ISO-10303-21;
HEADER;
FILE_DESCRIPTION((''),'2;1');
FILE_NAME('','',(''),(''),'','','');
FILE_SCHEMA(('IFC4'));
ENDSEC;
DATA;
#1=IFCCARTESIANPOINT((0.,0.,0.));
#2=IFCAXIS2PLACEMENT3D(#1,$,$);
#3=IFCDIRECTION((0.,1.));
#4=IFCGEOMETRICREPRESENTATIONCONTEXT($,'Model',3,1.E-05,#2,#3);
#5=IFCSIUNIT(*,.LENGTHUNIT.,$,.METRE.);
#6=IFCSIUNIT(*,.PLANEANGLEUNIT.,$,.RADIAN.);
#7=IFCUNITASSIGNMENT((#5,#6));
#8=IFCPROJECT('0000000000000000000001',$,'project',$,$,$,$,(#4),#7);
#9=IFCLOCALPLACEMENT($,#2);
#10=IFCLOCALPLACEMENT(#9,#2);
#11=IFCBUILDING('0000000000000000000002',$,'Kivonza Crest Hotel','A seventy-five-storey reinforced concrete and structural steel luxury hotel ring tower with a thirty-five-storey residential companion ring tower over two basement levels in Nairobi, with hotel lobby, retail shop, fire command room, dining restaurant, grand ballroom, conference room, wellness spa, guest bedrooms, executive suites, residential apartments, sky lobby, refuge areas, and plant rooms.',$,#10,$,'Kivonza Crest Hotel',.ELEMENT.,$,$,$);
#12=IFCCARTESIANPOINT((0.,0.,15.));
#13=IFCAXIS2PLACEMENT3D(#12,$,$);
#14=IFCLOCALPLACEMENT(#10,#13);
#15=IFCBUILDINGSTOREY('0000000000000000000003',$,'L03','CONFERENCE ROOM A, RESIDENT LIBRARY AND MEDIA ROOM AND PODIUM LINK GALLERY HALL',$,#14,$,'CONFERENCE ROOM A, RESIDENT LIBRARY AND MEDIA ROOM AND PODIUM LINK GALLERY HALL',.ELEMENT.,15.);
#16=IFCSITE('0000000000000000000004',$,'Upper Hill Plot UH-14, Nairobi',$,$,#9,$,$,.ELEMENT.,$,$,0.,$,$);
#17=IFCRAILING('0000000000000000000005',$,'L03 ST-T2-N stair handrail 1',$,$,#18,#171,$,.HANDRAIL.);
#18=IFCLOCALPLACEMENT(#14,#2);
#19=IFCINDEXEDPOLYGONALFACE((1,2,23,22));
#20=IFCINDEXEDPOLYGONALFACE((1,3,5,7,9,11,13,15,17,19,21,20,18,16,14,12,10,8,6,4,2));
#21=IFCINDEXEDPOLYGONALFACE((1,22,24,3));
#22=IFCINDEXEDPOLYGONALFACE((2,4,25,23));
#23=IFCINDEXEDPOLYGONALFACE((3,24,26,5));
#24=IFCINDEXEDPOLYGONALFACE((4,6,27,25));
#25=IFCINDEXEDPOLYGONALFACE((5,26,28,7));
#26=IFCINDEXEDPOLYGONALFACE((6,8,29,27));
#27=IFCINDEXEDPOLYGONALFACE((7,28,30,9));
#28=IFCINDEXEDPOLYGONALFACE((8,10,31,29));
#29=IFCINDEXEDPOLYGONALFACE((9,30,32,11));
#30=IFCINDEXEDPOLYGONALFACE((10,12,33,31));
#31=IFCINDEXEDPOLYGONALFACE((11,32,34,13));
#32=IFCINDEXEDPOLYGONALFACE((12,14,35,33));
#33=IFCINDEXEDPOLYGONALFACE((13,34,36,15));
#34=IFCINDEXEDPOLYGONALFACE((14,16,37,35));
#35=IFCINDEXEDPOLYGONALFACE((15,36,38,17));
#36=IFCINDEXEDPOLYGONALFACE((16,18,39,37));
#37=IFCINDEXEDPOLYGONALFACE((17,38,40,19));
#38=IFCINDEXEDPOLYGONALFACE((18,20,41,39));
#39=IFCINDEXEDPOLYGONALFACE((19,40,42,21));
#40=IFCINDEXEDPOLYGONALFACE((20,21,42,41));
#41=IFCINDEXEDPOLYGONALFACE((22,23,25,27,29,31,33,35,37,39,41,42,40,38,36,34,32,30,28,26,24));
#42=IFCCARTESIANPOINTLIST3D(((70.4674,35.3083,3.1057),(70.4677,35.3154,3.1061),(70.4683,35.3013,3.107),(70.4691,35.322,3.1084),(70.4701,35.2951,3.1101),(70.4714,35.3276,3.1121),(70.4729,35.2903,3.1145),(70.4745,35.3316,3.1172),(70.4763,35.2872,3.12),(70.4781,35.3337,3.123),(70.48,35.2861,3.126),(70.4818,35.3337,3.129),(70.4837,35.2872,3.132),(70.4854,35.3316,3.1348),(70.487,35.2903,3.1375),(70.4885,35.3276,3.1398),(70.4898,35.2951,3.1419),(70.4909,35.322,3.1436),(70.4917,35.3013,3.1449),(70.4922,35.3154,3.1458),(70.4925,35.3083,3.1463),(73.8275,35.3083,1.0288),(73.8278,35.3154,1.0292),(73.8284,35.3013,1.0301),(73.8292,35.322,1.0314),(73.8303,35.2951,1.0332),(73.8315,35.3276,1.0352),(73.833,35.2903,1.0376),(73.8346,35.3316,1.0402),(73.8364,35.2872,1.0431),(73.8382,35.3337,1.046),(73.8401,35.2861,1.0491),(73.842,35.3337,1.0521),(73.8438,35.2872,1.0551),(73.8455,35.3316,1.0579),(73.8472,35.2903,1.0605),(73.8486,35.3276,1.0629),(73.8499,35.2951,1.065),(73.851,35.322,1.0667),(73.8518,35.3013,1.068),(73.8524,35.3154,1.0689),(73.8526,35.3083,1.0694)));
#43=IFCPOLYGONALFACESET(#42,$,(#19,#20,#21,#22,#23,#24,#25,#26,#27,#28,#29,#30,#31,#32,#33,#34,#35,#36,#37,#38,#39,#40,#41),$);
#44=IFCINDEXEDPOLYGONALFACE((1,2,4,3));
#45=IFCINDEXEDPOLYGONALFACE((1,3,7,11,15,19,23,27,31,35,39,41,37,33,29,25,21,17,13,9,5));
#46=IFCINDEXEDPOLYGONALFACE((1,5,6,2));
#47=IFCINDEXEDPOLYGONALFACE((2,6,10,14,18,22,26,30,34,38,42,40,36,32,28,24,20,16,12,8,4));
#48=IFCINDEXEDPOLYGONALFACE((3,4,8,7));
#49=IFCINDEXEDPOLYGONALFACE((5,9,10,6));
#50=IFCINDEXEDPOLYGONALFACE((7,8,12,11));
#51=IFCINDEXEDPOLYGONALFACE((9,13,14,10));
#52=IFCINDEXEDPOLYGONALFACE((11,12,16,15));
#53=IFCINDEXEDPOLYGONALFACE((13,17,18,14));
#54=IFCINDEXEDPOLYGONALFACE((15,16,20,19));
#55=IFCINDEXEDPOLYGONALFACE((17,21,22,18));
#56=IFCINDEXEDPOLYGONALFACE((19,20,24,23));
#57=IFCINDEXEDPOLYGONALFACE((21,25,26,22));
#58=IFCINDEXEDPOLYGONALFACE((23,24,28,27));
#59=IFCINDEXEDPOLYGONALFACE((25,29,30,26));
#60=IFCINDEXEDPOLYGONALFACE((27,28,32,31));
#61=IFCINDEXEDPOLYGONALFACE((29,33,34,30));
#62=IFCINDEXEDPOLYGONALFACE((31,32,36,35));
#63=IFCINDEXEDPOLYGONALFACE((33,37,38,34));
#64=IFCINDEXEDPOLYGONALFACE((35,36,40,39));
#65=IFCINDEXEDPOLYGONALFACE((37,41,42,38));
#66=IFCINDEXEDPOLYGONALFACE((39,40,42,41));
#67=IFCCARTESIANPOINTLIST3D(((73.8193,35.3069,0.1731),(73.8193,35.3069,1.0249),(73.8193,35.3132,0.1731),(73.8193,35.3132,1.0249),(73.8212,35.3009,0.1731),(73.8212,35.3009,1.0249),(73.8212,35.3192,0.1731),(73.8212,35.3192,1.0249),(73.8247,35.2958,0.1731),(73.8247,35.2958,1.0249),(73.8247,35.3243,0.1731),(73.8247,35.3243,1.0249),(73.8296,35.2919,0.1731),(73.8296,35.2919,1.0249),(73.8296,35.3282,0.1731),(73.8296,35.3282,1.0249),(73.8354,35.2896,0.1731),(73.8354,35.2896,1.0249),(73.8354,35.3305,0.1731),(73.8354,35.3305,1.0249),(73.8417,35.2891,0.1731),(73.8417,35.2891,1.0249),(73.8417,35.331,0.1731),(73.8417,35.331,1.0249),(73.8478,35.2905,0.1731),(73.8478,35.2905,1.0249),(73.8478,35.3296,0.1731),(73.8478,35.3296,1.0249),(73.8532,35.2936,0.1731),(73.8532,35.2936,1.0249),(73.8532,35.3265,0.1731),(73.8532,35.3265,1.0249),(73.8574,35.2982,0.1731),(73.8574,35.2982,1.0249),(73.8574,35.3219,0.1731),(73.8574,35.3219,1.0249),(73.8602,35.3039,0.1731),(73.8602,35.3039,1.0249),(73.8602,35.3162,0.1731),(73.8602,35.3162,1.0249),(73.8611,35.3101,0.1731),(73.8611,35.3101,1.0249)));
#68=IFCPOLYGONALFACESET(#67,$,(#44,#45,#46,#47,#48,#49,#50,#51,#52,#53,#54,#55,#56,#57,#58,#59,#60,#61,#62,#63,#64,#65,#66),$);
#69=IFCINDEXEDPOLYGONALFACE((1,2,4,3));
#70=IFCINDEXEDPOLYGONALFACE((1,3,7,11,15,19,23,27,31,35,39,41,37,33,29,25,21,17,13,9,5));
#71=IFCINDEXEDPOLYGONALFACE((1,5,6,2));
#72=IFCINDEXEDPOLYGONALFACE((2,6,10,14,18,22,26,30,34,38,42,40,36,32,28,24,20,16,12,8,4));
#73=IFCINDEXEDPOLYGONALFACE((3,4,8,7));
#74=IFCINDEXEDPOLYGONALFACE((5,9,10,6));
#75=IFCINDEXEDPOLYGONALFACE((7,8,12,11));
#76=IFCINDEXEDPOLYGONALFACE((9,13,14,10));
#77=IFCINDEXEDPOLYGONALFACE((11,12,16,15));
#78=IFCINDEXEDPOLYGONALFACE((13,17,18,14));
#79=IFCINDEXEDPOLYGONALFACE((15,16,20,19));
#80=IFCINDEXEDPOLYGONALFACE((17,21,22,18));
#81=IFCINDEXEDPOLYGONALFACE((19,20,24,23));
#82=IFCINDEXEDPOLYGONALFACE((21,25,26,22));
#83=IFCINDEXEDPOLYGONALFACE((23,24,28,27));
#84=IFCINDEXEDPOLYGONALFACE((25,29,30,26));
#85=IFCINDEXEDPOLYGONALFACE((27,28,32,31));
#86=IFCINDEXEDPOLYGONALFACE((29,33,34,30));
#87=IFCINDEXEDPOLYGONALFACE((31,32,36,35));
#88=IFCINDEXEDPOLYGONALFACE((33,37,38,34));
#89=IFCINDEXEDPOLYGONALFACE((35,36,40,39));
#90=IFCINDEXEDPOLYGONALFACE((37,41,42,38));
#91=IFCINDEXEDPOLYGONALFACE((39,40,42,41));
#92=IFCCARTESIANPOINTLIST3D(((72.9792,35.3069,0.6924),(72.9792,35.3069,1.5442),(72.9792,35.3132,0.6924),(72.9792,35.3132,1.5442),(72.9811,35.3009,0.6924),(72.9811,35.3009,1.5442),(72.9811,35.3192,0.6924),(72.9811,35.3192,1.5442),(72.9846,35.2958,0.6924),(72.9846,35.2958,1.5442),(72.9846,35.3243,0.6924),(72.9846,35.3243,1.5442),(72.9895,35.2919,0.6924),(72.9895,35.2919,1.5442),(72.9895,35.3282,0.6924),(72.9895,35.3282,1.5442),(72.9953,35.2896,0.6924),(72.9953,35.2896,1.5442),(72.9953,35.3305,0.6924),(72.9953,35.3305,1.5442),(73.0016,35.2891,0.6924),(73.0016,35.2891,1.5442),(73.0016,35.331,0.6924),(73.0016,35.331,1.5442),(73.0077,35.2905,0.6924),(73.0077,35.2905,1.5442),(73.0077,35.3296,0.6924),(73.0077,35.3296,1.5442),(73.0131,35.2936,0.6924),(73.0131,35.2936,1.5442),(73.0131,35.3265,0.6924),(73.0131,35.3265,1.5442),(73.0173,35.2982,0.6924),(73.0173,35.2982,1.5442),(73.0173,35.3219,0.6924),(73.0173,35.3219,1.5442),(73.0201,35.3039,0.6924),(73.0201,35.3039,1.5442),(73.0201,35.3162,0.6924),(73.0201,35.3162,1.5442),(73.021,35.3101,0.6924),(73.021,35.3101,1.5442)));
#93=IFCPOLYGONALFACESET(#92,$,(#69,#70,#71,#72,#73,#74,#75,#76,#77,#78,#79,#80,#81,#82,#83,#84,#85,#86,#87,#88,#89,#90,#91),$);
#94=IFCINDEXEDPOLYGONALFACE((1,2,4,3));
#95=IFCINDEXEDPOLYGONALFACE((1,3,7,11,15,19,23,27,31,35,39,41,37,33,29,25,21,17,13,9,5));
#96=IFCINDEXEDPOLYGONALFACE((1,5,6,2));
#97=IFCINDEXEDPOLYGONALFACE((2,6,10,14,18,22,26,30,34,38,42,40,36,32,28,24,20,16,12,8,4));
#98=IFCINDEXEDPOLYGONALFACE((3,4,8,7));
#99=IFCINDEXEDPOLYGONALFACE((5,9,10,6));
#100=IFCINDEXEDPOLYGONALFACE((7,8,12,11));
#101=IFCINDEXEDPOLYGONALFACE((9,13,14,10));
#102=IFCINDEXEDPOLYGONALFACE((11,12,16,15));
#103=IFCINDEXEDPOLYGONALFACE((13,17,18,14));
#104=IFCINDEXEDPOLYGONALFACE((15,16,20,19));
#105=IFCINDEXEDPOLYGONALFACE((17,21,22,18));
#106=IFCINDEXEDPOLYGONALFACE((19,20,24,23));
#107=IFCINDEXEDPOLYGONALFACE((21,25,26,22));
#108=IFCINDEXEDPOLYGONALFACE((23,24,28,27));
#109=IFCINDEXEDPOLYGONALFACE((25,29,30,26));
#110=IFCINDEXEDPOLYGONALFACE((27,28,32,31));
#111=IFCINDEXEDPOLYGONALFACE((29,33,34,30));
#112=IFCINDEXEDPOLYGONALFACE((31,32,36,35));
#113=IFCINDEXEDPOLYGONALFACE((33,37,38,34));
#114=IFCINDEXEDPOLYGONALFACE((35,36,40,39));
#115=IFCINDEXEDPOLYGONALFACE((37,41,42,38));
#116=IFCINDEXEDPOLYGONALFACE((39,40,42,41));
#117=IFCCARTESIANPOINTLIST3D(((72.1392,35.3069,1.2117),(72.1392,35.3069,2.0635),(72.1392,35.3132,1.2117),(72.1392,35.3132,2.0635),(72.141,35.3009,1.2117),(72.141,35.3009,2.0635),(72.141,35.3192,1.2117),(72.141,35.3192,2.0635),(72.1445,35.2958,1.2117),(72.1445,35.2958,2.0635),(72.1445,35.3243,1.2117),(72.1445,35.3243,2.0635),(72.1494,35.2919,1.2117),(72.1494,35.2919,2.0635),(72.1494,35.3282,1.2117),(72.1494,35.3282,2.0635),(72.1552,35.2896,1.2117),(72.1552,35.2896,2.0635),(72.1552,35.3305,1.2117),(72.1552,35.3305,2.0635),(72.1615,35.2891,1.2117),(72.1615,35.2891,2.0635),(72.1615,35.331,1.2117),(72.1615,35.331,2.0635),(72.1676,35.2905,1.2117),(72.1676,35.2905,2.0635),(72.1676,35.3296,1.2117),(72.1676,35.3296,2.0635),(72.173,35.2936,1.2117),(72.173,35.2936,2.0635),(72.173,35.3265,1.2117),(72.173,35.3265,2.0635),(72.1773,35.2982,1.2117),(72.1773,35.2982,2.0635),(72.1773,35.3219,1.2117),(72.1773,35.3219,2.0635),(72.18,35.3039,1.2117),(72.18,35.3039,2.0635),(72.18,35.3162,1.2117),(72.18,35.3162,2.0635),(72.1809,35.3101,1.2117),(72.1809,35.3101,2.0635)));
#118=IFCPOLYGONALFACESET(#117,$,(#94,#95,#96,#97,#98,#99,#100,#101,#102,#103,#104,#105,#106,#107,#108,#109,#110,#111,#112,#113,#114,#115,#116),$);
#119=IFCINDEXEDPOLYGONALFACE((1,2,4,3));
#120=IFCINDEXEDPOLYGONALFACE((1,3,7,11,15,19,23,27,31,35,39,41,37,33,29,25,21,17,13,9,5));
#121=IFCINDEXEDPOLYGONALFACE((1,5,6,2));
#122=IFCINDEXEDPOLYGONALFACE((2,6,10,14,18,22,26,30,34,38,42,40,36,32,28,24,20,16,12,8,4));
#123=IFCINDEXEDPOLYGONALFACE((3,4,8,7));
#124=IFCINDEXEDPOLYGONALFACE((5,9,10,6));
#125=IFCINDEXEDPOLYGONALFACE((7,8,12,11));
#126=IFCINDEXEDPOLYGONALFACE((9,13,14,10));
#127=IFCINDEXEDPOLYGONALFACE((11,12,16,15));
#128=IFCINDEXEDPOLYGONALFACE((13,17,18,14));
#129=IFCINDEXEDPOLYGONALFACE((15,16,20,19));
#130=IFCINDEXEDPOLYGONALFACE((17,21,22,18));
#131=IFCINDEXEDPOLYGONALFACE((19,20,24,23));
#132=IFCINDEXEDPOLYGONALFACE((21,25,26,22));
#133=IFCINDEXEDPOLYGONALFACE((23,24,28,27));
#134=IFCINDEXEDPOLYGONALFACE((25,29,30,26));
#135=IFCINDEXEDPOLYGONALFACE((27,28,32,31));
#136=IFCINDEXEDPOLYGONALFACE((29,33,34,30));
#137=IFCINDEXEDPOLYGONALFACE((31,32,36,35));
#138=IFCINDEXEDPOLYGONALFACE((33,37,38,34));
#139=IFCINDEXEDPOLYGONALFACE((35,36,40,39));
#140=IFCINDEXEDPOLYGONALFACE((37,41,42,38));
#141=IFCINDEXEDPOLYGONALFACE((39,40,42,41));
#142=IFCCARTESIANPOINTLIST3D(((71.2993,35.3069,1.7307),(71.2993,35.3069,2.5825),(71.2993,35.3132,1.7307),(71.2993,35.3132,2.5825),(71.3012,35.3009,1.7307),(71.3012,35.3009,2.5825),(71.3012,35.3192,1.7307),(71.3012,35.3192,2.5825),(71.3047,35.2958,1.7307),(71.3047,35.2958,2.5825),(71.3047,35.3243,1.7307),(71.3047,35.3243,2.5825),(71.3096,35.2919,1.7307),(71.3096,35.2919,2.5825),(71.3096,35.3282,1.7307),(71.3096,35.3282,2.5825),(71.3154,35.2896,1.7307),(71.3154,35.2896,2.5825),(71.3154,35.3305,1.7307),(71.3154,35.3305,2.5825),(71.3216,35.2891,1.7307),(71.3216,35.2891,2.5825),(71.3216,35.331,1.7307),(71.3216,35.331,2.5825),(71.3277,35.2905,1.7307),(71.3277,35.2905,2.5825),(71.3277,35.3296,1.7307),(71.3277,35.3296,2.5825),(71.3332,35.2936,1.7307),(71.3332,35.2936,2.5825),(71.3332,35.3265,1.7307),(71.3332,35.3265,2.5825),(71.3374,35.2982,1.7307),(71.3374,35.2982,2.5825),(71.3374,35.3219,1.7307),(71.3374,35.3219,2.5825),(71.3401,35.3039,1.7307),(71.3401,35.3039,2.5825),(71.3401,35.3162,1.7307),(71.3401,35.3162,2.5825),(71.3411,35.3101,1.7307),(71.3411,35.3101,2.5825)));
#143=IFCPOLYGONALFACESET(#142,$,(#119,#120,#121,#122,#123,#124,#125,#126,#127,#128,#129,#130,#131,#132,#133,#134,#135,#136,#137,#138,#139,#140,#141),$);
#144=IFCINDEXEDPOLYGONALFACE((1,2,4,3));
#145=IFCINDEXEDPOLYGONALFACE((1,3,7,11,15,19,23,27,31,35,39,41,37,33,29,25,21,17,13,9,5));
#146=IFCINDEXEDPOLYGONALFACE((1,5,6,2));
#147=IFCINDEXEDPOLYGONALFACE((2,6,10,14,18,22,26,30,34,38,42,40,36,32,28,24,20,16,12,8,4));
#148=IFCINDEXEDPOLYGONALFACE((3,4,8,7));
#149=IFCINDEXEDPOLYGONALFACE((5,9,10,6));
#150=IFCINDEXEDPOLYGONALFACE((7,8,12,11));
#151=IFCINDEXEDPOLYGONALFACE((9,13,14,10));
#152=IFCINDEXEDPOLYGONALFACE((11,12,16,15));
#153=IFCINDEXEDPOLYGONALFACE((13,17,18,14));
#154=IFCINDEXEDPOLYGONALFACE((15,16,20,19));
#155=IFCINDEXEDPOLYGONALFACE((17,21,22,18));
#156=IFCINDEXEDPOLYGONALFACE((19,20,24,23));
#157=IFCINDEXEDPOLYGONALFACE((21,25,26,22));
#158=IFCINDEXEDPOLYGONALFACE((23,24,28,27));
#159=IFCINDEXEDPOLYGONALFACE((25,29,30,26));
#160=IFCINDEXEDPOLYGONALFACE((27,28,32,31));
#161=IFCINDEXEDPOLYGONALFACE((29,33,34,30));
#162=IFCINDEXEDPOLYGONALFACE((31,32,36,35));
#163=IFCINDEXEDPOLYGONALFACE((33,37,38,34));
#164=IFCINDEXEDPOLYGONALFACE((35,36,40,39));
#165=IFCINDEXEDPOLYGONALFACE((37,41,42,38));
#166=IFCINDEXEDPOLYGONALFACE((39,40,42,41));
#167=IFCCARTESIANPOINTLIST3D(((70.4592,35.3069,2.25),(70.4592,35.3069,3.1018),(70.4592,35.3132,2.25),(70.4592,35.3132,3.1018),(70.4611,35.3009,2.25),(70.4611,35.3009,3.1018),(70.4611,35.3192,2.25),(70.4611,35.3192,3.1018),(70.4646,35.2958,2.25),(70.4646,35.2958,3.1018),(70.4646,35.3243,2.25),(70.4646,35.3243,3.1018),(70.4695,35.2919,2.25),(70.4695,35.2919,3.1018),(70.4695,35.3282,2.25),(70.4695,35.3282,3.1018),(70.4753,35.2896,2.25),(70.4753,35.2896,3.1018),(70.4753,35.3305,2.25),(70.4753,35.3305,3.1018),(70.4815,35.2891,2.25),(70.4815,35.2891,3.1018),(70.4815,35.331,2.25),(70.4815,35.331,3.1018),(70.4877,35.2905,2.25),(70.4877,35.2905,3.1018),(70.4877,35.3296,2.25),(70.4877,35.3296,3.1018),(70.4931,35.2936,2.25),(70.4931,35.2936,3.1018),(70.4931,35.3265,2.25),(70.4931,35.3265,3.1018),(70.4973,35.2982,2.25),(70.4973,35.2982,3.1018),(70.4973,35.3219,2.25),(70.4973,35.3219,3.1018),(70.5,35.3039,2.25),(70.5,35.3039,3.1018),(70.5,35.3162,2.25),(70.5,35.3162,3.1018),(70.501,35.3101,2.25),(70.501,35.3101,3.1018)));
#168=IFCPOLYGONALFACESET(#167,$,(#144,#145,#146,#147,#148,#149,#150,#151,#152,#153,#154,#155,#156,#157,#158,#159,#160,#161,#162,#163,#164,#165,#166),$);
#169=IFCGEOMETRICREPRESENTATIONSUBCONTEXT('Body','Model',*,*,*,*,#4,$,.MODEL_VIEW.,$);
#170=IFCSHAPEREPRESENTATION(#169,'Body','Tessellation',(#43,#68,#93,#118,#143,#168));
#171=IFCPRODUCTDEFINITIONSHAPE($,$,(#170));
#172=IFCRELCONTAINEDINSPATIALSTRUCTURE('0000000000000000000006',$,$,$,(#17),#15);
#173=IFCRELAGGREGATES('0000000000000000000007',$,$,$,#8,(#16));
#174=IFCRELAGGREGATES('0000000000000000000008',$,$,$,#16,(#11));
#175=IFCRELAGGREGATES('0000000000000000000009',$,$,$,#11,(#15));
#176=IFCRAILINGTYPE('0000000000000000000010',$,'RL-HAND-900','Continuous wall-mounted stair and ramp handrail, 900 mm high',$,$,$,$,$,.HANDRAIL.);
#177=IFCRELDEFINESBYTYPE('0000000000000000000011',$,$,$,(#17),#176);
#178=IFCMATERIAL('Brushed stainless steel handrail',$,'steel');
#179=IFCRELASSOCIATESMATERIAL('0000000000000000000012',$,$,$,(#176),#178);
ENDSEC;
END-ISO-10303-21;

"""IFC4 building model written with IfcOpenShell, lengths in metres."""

from ifc_helpers import new_model, si_unit, direction, frame, origin, origin_2d, place, context, subcontext, project, spatial, circle, extrude, material, type_object, element, save


model = new_model("IFC4")

# Units and contexts
model_context = context("Model", 3, precision=1e-05, world=origin(), true_north=direction((0.0, 1.0)))
body_context = subcontext(model_context, "Body", "Model", "MODEL_VIEW")
ifc_project = project(units=[si_unit("LENGTHUNIT", "METRE"), si_unit("PLANEANGLEUNIT", "RADIAN")], contexts=[model_context])

# Site, building, storey
site_placement = place(None, origin())
site = spatial("IfcSite", under=ifc_project, at=site_placement, Name="Upper Hill Plot UH-14, Nairobi", CompositionType="ELEMENT", RefElevation=0.0)
building_placement = place(site_placement, origin())
building = spatial("IfcBuilding", under=site, at=building_placement, Name="Kivonza Crest Hotel", Description="A seventy-five-storey reinforced concrete and structural steel luxury hotel ring tower with a thirty-five-storey residential companion ring tower over two basement levels in Nairobi, with hotel lobby, retail shop, fire command room, dining restaurant, grand ballroom, conference room, wellness spa, guest bedrooms, executive suites, residential apartments, sky lobby, refuge areas, and plant rooms.", LongName="Kivonza Crest Hotel", CompositionType="ELEMENT")
storey_placement = place(building_placement, frame((0.0, 0.0, 15.0)))
storey = spatial("IfcBuildingStorey", under=building, at=storey_placement, Name="L03", Description="CONFERENCE ROOM A, RESIDENT LIBRARY AND MEDIA ROOM AND PODIUM LINK GALLERY HALL", LongName="CONFERENCE ROOM A, RESIDENT LIBRARY AND MEDIA ROOM AND PODIUM LINK GALLERY HALL", CompositionType="ELEMENT", Elevation=15.0)

# Railing
ifc_material_1 = material(Name="Brushed stainless steel handrail", Category="steel")
railing_type_1 = type_object("IfcRailingType", Name="RL-HAND-900", Description="Continuous wall-mounted stair and ramp handrail, 900 mm high", PredefinedType="HANDRAIL", material=ifc_material_1)
railing_1_placement = place(storey_placement, frame((73.8401, 35.3101, 0.1731)))
element("IfcRailing", 1, at=railing_1_placement, inside=storey, type_object=railing_type_1, Name="L03 ST-T2-N stair handrail 1", PredefinedType="HANDRAIL", context=body_context, shape_type="SweptSolid", body=[
    extrude(circle(Radius=0.0239, at=origin_2d()), frame((0.0, 0.0, 0.876), z_axis=(-0.850623, 0.0, 0.525776), x_axis=(0.0, -1.0, 0.0)), (0.0, 0.0, 1.0), 3.9502),
    extrude(circle(Radius=0.021, at=origin_2d()), origin(), (0.0, 0.0, 1.0), 0.8518),
    extrude(circle(Radius=0.021, at=origin_2d()), frame((-0.8401, 0.0, 0.5193)), (0.0, 0.0, 1.0), 0.8518),
    extrude(circle(Radius=0.021, at=origin_2d()), frame((-1.6802, 0.0, 1.0386)), (0.0, 0.0, 1.0), 0.8518),
    extrude(circle(Radius=0.021, at=origin_2d()), frame((-2.52, 0.0, 1.5576)), (0.0, 0.0, 1.0), 0.8518),
    extrude(circle(Radius=0.021, at=origin_2d()), frame((-3.3601, 0.0, 2.0769)), (0.0, 0.0, 1.0), 0.8518),
])

save(model, "model.ifc")
